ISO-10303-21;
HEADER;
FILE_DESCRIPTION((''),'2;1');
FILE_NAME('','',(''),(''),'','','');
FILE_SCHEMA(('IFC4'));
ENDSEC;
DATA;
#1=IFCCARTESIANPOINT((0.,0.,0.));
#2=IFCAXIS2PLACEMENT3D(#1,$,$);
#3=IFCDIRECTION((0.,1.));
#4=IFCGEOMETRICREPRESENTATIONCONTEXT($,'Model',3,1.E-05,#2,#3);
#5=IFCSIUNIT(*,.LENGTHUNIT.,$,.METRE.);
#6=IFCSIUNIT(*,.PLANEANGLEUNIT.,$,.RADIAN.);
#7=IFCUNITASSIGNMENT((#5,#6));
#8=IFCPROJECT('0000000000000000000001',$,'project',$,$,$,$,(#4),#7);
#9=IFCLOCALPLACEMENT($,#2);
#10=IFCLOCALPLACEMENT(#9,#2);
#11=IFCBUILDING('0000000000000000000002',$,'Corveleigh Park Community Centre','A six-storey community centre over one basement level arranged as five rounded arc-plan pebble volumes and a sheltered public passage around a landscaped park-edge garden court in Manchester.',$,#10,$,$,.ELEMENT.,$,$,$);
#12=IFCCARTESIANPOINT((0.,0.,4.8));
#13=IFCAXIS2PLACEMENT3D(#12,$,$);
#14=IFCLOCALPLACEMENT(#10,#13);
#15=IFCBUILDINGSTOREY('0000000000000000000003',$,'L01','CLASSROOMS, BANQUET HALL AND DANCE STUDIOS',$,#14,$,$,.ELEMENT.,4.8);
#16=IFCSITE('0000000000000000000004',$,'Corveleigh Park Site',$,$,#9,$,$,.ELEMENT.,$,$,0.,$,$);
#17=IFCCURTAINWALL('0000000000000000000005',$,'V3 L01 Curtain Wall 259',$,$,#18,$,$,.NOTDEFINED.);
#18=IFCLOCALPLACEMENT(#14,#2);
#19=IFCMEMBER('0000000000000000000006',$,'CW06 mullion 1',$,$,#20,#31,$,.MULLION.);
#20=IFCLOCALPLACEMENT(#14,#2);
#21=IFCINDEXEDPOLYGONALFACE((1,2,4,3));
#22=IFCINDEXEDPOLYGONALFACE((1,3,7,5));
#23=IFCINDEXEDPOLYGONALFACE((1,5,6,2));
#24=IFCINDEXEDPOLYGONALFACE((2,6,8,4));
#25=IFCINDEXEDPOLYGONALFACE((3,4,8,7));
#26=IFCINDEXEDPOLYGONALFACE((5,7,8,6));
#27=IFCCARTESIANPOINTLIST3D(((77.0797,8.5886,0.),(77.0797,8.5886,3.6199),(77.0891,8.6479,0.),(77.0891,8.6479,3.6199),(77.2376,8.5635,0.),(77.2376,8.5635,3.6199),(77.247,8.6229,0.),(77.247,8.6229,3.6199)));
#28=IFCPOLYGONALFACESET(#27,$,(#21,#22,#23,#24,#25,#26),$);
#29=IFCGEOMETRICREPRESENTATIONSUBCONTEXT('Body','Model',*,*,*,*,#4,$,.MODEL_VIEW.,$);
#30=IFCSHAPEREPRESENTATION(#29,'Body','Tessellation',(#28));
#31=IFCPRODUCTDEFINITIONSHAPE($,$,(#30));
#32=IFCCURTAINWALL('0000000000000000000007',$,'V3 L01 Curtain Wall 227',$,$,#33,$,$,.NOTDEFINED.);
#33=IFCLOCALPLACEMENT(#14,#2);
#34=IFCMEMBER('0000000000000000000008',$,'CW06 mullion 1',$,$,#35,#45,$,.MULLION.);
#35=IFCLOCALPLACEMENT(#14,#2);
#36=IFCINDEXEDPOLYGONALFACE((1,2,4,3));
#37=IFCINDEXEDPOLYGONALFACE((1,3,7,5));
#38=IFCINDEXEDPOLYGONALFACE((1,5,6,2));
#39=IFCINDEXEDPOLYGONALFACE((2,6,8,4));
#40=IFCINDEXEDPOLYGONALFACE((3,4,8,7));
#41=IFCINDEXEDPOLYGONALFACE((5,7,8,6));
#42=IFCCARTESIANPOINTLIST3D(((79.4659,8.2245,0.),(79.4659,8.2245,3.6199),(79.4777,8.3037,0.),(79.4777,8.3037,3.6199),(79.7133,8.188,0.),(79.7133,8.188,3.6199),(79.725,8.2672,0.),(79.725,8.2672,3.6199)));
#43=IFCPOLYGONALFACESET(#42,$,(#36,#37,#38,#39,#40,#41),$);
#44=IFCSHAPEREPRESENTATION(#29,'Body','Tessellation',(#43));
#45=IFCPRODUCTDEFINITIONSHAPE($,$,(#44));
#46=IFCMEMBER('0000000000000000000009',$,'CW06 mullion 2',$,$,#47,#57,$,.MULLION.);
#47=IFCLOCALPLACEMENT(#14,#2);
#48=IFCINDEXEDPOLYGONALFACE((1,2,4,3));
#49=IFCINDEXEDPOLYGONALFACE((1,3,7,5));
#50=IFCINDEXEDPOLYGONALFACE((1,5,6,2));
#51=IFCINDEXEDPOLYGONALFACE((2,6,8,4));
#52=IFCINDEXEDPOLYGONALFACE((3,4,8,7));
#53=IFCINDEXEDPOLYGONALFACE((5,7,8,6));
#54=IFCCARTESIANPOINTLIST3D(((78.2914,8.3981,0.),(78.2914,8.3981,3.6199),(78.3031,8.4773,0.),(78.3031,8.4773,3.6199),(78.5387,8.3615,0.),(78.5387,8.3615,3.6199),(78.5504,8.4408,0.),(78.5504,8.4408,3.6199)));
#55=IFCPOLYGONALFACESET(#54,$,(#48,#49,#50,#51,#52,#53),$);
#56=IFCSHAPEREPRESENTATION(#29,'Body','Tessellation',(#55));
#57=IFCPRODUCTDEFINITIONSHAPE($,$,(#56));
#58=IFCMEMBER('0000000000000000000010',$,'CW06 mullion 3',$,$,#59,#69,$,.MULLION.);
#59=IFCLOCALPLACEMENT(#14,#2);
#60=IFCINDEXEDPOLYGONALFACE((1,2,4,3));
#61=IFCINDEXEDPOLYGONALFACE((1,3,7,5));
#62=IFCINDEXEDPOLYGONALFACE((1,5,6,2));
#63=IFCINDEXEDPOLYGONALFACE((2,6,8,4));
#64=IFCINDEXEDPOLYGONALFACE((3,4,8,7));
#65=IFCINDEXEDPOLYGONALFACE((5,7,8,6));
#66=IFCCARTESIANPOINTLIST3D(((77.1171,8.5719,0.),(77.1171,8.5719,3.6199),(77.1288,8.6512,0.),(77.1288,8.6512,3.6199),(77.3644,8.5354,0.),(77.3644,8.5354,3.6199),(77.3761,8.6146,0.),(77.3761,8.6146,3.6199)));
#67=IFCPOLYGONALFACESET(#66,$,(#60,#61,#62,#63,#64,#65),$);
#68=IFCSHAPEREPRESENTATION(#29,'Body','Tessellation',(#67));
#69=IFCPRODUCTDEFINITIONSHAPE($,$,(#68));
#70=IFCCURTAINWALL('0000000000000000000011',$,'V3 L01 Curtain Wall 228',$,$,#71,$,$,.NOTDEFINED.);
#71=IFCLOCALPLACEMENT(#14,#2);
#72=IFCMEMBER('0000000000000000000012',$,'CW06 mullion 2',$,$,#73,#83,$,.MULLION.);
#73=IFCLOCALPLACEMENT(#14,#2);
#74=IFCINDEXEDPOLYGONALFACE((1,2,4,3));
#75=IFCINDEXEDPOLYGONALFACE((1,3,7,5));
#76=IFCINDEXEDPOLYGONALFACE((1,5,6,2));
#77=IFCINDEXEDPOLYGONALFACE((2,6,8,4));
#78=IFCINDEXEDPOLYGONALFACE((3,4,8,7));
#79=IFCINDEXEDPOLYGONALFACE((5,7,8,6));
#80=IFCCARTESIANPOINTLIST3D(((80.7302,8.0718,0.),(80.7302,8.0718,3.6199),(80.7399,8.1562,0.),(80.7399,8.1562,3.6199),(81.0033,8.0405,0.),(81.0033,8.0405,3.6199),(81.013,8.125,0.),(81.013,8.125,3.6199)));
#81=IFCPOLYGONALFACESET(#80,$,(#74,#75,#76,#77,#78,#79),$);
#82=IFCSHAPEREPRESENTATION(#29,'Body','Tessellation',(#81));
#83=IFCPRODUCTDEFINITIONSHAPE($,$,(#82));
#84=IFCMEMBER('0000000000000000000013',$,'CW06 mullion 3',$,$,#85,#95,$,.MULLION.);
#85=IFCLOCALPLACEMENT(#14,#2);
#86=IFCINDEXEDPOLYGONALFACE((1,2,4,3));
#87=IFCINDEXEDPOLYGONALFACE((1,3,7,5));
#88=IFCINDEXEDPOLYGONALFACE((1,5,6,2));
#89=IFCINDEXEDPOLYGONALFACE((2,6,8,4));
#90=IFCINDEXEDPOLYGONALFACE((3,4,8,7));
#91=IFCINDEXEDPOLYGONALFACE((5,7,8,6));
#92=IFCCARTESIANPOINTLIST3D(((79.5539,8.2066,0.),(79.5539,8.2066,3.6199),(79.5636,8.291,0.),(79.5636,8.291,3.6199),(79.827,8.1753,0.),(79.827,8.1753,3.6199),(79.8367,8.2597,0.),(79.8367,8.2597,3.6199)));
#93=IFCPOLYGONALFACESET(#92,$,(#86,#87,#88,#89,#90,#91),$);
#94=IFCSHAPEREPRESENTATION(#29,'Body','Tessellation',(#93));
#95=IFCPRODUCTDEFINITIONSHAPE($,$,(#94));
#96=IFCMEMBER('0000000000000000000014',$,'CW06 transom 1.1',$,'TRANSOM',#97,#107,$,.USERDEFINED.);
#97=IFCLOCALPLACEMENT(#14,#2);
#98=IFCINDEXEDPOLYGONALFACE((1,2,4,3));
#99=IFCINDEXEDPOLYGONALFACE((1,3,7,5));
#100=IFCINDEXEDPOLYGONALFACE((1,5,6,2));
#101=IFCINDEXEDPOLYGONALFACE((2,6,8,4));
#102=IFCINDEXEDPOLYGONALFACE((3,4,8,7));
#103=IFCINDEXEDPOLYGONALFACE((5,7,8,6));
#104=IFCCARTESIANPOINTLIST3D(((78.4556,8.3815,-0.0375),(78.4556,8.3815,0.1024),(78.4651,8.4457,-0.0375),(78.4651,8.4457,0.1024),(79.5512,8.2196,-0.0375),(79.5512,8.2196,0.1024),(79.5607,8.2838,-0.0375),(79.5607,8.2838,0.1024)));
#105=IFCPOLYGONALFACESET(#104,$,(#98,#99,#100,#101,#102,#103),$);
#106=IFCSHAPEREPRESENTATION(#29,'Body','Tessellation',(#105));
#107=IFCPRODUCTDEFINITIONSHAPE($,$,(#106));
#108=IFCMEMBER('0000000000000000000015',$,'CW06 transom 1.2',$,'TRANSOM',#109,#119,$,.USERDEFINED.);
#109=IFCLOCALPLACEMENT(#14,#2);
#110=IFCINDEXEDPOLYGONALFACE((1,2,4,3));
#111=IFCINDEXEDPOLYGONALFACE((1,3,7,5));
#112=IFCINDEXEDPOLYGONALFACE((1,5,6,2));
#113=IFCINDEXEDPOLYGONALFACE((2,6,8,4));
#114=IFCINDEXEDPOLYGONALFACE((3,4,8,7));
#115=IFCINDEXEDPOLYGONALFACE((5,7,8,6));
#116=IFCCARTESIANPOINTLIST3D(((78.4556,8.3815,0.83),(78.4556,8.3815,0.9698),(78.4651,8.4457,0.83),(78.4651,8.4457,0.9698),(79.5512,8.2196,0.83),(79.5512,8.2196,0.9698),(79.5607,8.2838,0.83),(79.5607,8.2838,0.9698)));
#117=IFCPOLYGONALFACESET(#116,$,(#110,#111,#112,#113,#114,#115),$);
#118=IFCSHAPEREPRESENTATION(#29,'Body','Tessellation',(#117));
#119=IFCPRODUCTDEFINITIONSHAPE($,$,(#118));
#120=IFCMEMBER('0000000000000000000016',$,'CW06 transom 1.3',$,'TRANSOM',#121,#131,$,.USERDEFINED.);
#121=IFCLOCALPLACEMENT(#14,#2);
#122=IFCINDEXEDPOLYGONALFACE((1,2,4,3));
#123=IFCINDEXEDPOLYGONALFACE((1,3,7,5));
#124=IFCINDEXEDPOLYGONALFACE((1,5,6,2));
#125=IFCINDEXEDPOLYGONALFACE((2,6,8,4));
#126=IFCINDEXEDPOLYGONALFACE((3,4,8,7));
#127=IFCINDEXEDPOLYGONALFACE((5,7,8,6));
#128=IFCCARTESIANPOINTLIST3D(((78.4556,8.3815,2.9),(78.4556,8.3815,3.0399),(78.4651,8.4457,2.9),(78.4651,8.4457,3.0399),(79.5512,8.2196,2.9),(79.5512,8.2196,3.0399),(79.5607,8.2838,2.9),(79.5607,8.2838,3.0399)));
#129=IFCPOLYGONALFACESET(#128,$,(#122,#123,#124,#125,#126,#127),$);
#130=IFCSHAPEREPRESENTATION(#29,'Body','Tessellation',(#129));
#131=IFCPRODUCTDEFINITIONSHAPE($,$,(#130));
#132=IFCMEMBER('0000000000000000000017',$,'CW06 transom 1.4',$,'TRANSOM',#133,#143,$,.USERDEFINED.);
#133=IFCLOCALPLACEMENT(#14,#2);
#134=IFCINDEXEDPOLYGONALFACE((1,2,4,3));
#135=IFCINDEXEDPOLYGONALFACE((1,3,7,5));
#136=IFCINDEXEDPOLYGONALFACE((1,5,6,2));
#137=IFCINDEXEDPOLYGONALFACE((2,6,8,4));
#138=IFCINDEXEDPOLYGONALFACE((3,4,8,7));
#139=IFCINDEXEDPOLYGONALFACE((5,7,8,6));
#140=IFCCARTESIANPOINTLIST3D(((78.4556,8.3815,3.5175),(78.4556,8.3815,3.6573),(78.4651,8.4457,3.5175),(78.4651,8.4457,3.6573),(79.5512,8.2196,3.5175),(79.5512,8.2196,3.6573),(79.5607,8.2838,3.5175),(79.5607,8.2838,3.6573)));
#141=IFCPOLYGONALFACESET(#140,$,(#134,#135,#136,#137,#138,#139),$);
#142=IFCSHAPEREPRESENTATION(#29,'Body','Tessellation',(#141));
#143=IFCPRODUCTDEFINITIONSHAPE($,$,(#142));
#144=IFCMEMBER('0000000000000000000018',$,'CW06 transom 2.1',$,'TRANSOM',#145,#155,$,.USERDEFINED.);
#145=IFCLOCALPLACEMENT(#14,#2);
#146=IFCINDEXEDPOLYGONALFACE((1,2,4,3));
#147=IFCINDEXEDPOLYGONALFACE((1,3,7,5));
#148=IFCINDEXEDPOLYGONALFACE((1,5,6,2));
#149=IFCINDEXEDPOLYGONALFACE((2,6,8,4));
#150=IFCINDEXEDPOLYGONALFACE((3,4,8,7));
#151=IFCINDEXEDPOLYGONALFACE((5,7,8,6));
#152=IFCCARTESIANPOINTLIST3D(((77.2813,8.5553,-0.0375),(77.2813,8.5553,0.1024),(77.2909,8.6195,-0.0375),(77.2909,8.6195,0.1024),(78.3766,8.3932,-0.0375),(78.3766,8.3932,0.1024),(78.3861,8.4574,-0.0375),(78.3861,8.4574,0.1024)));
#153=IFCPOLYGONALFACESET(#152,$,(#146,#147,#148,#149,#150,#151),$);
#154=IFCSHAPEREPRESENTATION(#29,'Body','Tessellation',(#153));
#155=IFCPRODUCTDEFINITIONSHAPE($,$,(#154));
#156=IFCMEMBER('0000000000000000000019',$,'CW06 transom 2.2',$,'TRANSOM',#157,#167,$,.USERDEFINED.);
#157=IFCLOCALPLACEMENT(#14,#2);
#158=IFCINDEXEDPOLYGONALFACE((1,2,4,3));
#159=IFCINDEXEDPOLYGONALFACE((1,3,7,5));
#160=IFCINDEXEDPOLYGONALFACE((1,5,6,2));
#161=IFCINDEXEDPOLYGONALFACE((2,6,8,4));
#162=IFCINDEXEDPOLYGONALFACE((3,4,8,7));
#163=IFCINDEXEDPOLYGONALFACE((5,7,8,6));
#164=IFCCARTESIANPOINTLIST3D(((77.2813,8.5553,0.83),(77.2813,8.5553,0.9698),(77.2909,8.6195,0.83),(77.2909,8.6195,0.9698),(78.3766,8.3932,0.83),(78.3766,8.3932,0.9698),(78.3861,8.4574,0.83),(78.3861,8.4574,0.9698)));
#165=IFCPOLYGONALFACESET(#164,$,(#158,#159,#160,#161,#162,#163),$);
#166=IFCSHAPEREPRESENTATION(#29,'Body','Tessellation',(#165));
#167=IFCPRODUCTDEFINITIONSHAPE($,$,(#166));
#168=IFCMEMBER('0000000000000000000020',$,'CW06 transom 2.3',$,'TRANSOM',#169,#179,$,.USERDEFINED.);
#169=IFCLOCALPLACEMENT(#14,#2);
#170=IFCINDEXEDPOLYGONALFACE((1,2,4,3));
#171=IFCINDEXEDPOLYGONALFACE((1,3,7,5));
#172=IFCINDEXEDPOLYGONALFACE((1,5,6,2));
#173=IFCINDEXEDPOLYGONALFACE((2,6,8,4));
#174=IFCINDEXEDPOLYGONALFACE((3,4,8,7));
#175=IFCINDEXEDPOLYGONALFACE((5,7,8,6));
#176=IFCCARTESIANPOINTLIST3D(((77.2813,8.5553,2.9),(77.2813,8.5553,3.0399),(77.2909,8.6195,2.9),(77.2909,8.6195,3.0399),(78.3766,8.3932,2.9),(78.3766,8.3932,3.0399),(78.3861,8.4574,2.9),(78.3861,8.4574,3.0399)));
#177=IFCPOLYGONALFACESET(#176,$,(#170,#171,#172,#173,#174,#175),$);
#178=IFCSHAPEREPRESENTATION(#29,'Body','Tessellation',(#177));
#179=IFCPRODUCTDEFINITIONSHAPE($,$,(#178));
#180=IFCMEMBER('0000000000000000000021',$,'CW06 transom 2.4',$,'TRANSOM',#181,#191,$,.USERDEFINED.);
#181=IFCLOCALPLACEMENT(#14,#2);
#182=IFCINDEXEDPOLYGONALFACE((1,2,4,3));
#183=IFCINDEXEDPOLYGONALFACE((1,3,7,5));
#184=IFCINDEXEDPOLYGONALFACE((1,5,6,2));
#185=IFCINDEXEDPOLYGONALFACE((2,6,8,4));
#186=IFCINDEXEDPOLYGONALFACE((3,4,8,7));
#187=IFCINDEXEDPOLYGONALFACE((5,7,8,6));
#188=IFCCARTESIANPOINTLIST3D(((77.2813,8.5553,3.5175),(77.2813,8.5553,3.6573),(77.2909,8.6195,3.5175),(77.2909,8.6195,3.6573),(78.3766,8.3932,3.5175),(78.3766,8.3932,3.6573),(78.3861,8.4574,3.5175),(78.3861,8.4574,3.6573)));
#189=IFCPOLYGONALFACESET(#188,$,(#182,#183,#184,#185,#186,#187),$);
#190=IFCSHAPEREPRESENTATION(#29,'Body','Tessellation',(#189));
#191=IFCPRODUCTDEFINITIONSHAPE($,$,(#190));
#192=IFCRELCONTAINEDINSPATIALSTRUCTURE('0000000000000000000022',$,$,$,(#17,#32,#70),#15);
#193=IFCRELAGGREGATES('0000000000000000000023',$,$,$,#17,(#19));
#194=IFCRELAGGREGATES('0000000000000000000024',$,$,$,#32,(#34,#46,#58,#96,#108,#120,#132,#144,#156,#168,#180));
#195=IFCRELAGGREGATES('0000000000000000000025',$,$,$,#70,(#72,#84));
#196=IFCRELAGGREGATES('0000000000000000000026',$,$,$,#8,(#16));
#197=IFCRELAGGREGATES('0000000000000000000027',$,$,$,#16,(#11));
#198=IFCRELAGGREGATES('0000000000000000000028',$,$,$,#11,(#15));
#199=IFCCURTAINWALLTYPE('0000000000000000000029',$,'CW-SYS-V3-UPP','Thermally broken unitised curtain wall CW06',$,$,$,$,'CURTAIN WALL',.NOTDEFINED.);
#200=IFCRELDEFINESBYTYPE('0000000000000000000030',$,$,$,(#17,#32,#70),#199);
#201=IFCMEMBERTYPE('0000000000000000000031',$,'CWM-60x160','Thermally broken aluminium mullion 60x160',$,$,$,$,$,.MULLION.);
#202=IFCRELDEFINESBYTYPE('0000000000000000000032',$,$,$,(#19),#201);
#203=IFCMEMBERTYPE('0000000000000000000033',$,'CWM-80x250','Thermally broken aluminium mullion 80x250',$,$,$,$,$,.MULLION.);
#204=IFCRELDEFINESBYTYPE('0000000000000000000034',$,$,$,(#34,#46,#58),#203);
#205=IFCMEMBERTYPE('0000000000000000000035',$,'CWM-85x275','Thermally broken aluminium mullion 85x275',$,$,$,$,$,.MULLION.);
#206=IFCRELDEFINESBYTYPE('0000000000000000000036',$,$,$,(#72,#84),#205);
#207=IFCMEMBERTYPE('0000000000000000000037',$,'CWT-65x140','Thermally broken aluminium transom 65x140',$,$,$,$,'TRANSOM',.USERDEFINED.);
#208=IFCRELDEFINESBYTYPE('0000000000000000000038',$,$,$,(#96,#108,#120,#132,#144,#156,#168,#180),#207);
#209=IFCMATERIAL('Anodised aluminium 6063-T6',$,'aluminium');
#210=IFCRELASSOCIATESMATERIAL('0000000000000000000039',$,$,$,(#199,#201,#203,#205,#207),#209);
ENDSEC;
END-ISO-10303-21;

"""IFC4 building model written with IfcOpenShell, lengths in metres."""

from ifc_helpers import new_model, si_unit, direction, frame, origin, origin_2d, place, context, subcontext, project, spatial, rectangle, extrude, material, material_profile, profile_set, type_object, element, aggregate, save


model = new_model("IFC4")

# Units and contexts
model_context = context("Model", 3, precision=1e-05, world=origin(), true_north=direction((0.0, 1.0)))
body_context = subcontext(model_context, "Body", "Model", "MODEL_VIEW")
ifc_project = project(units=[si_unit("LENGTHUNIT", "METRE"), si_unit("PLANEANGLEUNIT", "RADIAN")], contexts=[model_context])

# Site, building, storey
site_placement = place(None, origin())
site = spatial("IfcSite", under=ifc_project, at=site_placement, Name="Corveleigh Park Site", CompositionType="ELEMENT", RefElevation=0.0)
building_placement = place(site_placement, origin())
building = spatial("IfcBuilding", under=site, at=building_placement, Name="Corveleigh Park Community Centre", Description="A six-storey community centre over one basement level arranged as five rounded arc-plan pebble volumes and a sheltered public passage around a landscaped park-edge garden court in Manchester.", CompositionType="ELEMENT")
storey_placement = place(building_placement, frame((0.0, 0.0, 4.8)))
storey = spatial("IfcBuildingStorey", under=building, at=storey_placement, Name="L01", Description="CLASSROOMS, BANQUET HALL AND DANCE STUDIOS", CompositionType="ELEMENT", Elevation=4.8)

# Curtain wall, member
ifc_material_1 = material(Name="Anodised aluminium 6063-T6", Category="aluminium")
curtain_wall_type = type_object("IfcCurtainWallType", Name="CW-SYS-V3-UPP", Description="Thermally broken unitised curtain wall CW06", ElementType="CURTAIN WALL", PredefinedType="NOTDEFINED", material=ifc_material_1)
curtain_wall_1_placement = place(storey_placement, origin())
curtain_wall_1 = element("IfcCurtainWall", 1, at=curtain_wall_1_placement, inside=storey, type_object=curtain_wall_type, Name="V3 L01 Curtain Wall 259", PredefinedType="NOTDEFINED")
ifc_material_profile_1 = material_profile(ifc_material_1, rectangle(XDim=0.0601, YDim=0.1599, at=origin_2d()), Name="ALU-M60x160", Category="aluminium")
ifc_profile_set_1 = profile_set([ifc_material_profile_1], Name="Anodised aluminium 6063-T6")
member_type_1 = type_object("IfcMemberType", Name="CWM-60x160", Description="Thermally broken aluminium mullion 60x160", PredefinedType="MULLION", material=ifc_profile_set_1)
member_1_placement = place(storey_placement, frame((77.1633, 8.6057, 0.0), z_axis=(0.0, 0.0, 1.0), x_axis=(-0.156604, -0.987661, 0.0)))
member_1 = element("IfcMember", 2, at=member_1_placement, type_object=member_type_1, Name="CW06 mullion 1", PredefinedType="MULLION", context=body_context, shape_type="SweptSolid", body=[
    extrude(rectangle(XDim=0.0601, YDim=0.1599, at=origin_2d()), origin(), (0.0, 0.0, 1.0), 3.6199),
])

# Curtain walls, members
curtain_wall_2_placement = place(storey_placement, origin())
curtain_wall_2 = element("IfcCurtainWall", 3, at=curtain_wall_2_placement, inside=storey, type_object=curtain_wall_type, Name="V3 L01 Curtain Wall 227", PredefinedType="NOTDEFINED")
ifc_material_profile_2 = material_profile(ifc_material_1, rectangle(XDim=0.0801, YDim=0.25, at=origin_2d()), Name="ALU-M80x250", Category="aluminium")
ifc_profile_set_2 = profile_set([ifc_material_profile_2], Name="Anodised aluminium 6063-T6")
member_type_2 = type_object("IfcMemberType", Name="CWM-80x250", Description="Thermally broken aluminium mullion 80x250", PredefinedType="MULLION", material=ifc_profile_set_2)
member_2_placement = place(storey_placement, frame((79.5955, 8.2458, 0.0), z_axis=(0.0, 0.0, 1.0), x_axis=(-0.146268, -0.989245, 0.0)))
member_2 = element("IfcMember", 4, at=member_2_placement, type_object=member_type_2, Name="CW06 mullion 1", PredefinedType="MULLION", context=body_context, shape_type="SweptSolid", body=[
    extrude(rectangle(XDim=0.0801, YDim=0.25, at=origin_2d()), origin(), (0.0, 0.0, 1.0), 3.6199),
])
member_3_placement = place(storey_placement, frame((78.4209, 8.4194, 0.0), z_axis=(0.0, 0.0, 1.0), x_axis=(-0.146268, -0.989245, 0.0)))
member_3 = element("IfcMember", 5, at=member_3_placement, type_object=member_type_2, Name="CW06 mullion 2", PredefinedType="MULLION", context=body_context, shape_type="SweptSolid", body=[
    extrude(rectangle(XDim=0.0801, YDim=0.25, at=origin_2d()), origin(), (0.0, 0.0, 1.0), 3.6199),
])
member_4_placement = place(storey_placement, frame((77.2466, 8.5933, 0.0), z_axis=(0.0, 0.0, 1.0), x_axis=(-0.146268, -0.989245, 0.0)))
member_4 = element("IfcMember", 6, at=member_4_placement, type_object=member_type_2, Name="CW06 mullion 3", PredefinedType="MULLION", context=body_context, shape_type="SweptSolid", body=[
    extrude(rectangle(XDim=0.0801, YDim=0.25, at=origin_2d()), origin(), (0.0, 0.0, 1.0), 3.6199),
])
curtain_wall_3_placement = place(storey_placement, origin())
curtain_wall_3 = element("IfcCurtainWall", 7, at=curtain_wall_3_placement, inside=storey, type_object=curtain_wall_type, Name="V3 L01 Curtain Wall 228", PredefinedType="NOTDEFINED")
ifc_material_profile_3 = material_profile(ifc_material_1, rectangle(XDim=0.085, YDim=0.2749, at=origin_2d()), Name="ALU-M85x275", Category="aluminium")
ifc_profile_set_3 = profile_set([ifc_material_profile_3], Name="Anodised aluminium 6063-T6")
member_type_3 = type_object("IfcMemberType", Name="CWM-85x275", Description="Thermally broken aluminium mullion 85x275", PredefinedType="MULLION", material=ifc_profile_set_3)
member_5_placement = place(storey_placement, frame((80.8716, 8.0984, 0.0), z_axis=(0.0, 0.0, 1.0), x_axis=(-0.113742, -0.99351, 0.0)))
member_5 = element("IfcMember", 8, at=member_5_placement, type_object=member_type_3, Name="CW06 mullion 2", PredefinedType="MULLION", context=body_context, shape_type="SweptSolid", body=[
    extrude(rectangle(XDim=0.085, YDim=0.2749, at=origin_2d()), origin(), (0.0, 0.0, 1.0), 3.6199),
])
member_6_placement = place(storey_placement, frame((79.6953, 8.2332, 0.0), z_axis=(0.0, 0.0, 1.0), x_axis=(-0.113742, -0.99351, 0.0)))
member_6 = element("IfcMember", 9, at=member_6_placement, type_object=member_type_3, Name="CW06 mullion 3", PredefinedType="MULLION", context=body_context, shape_type="SweptSolid", body=[
    extrude(rectangle(XDim=0.085, YDim=0.2749, at=origin_2d()), origin(), (0.0, 0.0, 1.0), 3.6199),
])

# Members
ifc_material_profile_4 = material_profile(ifc_material_1, rectangle(XDim=0.0649, YDim=0.1399, at=origin_2d()), Name="ALU-T65x140", Category="aluminium")
ifc_profile_set_4 = profile_set([ifc_material_profile_4], Name="Anodised aluminium 6063-T6")
member_type_4 = type_object("IfcMemberType", Name="CWT-65x140", Description="Thermally broken aluminium transom 65x140", ElementType="TRANSOM", PredefinedType="USERDEFINED", material=ifc_profile_set_4)
member_7_placement = place(storey_placement, frame((79.5559, 8.2517, 0.0325), z_axis=(-0.989259, 0.146173, 0.0), x_axis=(-0.146173, -0.989259, 0.0)))
member_7 = element("IfcMember", 10, at=member_7_placement, type_object=member_type_4, Name="CW06 transom 1.1", ObjectType="TRANSOM", PredefinedType="USERDEFINED", context=body_context, shape_type="SweptSolid", body=[
    extrude(rectangle(XDim=0.0649, YDim=0.1399, at=origin_2d()), origin(), (0.0, 0.0, 1.0), 1.1074),
])
member_8_placement = place(storey_placement, frame((79.5559, 8.2517, 0.8999), z_axis=(-0.989259, 0.146173, 0.0), x_axis=(-0.146173, -0.989259, 0.0)))
member_8 = element("IfcMember", 11, at=member_8_placement, type_object=member_type_4, Name="CW06 transom 1.2", ObjectType="TRANSOM", PredefinedType="USERDEFINED", context=body_context, shape_type="SweptSolid", body=[
    extrude(rectangle(XDim=0.0649, YDim=0.1399, at=origin_2d()), origin(), (0.0, 0.0, 1.0), 1.1074),
])
member_9_placement = place(storey_placement, frame((79.5559, 8.2517, 2.97), z_axis=(-0.989259, 0.146173, 0.0), x_axis=(-0.146173, -0.989259, 0.0)))
member_9 = element("IfcMember", 12, at=member_9_placement, type_object=member_type_4, Name="CW06 transom 1.3", ObjectType="TRANSOM", PredefinedType="USERDEFINED", context=body_context, shape_type="SweptSolid", body=[
    extrude(rectangle(XDim=0.0649, YDim=0.1399, at=origin_2d()), origin(), (0.0, 0.0, 1.0), 1.1074),
])
member_10_placement = place(storey_placement, frame((79.5559, 8.2517, 3.5874), z_axis=(-0.989259, 0.146173, 0.0), x_axis=(-0.146173, -0.989259, 0.0)))
member_10 = element("IfcMember", 13, at=member_10_placement, type_object=member_type_4, Name="CW06 transom 1.4", ObjectType="TRANSOM", PredefinedType="USERDEFINED", context=body_context, shape_type="SweptSolid", body=[
    extrude(rectangle(XDim=0.0649, YDim=0.1399, at=origin_2d()), origin(), (0.0, 0.0, 1.0), 1.1074),
])
member_11_placement = place(storey_placement, frame((78.3813, 8.4253, 0.0325), z_axis=(-0.989222, 0.146421, 0.0), x_axis=(-0.146421, -0.989222, 0.0)))
member_11 = element("IfcMember", 14, at=member_11_placement, type_object=member_type_4, Name="CW06 transom 2.1", ObjectType="TRANSOM", PredefinedType="USERDEFINED", context=body_context, shape_type="SweptSolid", body=[
    extrude(rectangle(XDim=0.0649, YDim=0.1399, at=origin_2d()), origin(), (0.0, 0.0, 1.0), 1.1072),
])
member_12_placement = place(storey_placement, frame((78.3813, 8.4253, 0.8999), z_axis=(-0.989222, 0.146421, 0.0), x_axis=(-0.146421, -0.989222, 0.0)))
member_12 = element("IfcMember", 15, at=member_12_placement, type_object=member_type_4, Name="CW06 transom 2.2", ObjectType="TRANSOM", PredefinedType="USERDEFINED", context=body_context, shape_type="SweptSolid", body=[
    extrude(rectangle(XDim=0.0649, YDim=0.1399, at=origin_2d()), origin(), (0.0, 0.0, 1.0), 1.1072),
])
member_13_placement = place(storey_placement, frame((78.3813, 8.4253, 2.97), z_axis=(-0.989222, 0.146421, 0.0), x_axis=(-0.146421, -0.989222, 0.0)))
member_13 = element("IfcMember", 16, at=member_13_placement, type_object=member_type_4, Name="CW06 transom 2.3", ObjectType="TRANSOM", PredefinedType="USERDEFINED", context=body_context, shape_type="SweptSolid", body=[
    extrude(rectangle(XDim=0.0649, YDim=0.1399, at=origin_2d()), origin(), (0.0, 0.0, 1.0), 1.1072),
])
member_14_placement = place(storey_placement, frame((78.3813, 8.4253, 3.5874), z_axis=(-0.989222, 0.146421, 0.0), x_axis=(-0.146421, -0.989222, 0.0)))
member_14 = element("IfcMember", 17, at=member_14_placement, type_object=member_type_4, Name="CW06 transom 2.4", ObjectType="TRANSOM", PredefinedType="USERDEFINED", context=body_context, shape_type="SweptSolid", body=[
    extrude(rectangle(XDim=0.0649, YDim=0.1399, at=origin_2d()), origin(), (0.0, 0.0, 1.0), 1.1072),
])
aggregate(curtain_wall_1, [member_1])

aggregate(curtain_wall_2, [member_2, member_3, member_4, member_7, member_8, member_9, member_10, member_11, member_12, member_13, member_14])
aggregate(curtain_wall_3, [member_5, member_6])

save(model, "model.ifc")
